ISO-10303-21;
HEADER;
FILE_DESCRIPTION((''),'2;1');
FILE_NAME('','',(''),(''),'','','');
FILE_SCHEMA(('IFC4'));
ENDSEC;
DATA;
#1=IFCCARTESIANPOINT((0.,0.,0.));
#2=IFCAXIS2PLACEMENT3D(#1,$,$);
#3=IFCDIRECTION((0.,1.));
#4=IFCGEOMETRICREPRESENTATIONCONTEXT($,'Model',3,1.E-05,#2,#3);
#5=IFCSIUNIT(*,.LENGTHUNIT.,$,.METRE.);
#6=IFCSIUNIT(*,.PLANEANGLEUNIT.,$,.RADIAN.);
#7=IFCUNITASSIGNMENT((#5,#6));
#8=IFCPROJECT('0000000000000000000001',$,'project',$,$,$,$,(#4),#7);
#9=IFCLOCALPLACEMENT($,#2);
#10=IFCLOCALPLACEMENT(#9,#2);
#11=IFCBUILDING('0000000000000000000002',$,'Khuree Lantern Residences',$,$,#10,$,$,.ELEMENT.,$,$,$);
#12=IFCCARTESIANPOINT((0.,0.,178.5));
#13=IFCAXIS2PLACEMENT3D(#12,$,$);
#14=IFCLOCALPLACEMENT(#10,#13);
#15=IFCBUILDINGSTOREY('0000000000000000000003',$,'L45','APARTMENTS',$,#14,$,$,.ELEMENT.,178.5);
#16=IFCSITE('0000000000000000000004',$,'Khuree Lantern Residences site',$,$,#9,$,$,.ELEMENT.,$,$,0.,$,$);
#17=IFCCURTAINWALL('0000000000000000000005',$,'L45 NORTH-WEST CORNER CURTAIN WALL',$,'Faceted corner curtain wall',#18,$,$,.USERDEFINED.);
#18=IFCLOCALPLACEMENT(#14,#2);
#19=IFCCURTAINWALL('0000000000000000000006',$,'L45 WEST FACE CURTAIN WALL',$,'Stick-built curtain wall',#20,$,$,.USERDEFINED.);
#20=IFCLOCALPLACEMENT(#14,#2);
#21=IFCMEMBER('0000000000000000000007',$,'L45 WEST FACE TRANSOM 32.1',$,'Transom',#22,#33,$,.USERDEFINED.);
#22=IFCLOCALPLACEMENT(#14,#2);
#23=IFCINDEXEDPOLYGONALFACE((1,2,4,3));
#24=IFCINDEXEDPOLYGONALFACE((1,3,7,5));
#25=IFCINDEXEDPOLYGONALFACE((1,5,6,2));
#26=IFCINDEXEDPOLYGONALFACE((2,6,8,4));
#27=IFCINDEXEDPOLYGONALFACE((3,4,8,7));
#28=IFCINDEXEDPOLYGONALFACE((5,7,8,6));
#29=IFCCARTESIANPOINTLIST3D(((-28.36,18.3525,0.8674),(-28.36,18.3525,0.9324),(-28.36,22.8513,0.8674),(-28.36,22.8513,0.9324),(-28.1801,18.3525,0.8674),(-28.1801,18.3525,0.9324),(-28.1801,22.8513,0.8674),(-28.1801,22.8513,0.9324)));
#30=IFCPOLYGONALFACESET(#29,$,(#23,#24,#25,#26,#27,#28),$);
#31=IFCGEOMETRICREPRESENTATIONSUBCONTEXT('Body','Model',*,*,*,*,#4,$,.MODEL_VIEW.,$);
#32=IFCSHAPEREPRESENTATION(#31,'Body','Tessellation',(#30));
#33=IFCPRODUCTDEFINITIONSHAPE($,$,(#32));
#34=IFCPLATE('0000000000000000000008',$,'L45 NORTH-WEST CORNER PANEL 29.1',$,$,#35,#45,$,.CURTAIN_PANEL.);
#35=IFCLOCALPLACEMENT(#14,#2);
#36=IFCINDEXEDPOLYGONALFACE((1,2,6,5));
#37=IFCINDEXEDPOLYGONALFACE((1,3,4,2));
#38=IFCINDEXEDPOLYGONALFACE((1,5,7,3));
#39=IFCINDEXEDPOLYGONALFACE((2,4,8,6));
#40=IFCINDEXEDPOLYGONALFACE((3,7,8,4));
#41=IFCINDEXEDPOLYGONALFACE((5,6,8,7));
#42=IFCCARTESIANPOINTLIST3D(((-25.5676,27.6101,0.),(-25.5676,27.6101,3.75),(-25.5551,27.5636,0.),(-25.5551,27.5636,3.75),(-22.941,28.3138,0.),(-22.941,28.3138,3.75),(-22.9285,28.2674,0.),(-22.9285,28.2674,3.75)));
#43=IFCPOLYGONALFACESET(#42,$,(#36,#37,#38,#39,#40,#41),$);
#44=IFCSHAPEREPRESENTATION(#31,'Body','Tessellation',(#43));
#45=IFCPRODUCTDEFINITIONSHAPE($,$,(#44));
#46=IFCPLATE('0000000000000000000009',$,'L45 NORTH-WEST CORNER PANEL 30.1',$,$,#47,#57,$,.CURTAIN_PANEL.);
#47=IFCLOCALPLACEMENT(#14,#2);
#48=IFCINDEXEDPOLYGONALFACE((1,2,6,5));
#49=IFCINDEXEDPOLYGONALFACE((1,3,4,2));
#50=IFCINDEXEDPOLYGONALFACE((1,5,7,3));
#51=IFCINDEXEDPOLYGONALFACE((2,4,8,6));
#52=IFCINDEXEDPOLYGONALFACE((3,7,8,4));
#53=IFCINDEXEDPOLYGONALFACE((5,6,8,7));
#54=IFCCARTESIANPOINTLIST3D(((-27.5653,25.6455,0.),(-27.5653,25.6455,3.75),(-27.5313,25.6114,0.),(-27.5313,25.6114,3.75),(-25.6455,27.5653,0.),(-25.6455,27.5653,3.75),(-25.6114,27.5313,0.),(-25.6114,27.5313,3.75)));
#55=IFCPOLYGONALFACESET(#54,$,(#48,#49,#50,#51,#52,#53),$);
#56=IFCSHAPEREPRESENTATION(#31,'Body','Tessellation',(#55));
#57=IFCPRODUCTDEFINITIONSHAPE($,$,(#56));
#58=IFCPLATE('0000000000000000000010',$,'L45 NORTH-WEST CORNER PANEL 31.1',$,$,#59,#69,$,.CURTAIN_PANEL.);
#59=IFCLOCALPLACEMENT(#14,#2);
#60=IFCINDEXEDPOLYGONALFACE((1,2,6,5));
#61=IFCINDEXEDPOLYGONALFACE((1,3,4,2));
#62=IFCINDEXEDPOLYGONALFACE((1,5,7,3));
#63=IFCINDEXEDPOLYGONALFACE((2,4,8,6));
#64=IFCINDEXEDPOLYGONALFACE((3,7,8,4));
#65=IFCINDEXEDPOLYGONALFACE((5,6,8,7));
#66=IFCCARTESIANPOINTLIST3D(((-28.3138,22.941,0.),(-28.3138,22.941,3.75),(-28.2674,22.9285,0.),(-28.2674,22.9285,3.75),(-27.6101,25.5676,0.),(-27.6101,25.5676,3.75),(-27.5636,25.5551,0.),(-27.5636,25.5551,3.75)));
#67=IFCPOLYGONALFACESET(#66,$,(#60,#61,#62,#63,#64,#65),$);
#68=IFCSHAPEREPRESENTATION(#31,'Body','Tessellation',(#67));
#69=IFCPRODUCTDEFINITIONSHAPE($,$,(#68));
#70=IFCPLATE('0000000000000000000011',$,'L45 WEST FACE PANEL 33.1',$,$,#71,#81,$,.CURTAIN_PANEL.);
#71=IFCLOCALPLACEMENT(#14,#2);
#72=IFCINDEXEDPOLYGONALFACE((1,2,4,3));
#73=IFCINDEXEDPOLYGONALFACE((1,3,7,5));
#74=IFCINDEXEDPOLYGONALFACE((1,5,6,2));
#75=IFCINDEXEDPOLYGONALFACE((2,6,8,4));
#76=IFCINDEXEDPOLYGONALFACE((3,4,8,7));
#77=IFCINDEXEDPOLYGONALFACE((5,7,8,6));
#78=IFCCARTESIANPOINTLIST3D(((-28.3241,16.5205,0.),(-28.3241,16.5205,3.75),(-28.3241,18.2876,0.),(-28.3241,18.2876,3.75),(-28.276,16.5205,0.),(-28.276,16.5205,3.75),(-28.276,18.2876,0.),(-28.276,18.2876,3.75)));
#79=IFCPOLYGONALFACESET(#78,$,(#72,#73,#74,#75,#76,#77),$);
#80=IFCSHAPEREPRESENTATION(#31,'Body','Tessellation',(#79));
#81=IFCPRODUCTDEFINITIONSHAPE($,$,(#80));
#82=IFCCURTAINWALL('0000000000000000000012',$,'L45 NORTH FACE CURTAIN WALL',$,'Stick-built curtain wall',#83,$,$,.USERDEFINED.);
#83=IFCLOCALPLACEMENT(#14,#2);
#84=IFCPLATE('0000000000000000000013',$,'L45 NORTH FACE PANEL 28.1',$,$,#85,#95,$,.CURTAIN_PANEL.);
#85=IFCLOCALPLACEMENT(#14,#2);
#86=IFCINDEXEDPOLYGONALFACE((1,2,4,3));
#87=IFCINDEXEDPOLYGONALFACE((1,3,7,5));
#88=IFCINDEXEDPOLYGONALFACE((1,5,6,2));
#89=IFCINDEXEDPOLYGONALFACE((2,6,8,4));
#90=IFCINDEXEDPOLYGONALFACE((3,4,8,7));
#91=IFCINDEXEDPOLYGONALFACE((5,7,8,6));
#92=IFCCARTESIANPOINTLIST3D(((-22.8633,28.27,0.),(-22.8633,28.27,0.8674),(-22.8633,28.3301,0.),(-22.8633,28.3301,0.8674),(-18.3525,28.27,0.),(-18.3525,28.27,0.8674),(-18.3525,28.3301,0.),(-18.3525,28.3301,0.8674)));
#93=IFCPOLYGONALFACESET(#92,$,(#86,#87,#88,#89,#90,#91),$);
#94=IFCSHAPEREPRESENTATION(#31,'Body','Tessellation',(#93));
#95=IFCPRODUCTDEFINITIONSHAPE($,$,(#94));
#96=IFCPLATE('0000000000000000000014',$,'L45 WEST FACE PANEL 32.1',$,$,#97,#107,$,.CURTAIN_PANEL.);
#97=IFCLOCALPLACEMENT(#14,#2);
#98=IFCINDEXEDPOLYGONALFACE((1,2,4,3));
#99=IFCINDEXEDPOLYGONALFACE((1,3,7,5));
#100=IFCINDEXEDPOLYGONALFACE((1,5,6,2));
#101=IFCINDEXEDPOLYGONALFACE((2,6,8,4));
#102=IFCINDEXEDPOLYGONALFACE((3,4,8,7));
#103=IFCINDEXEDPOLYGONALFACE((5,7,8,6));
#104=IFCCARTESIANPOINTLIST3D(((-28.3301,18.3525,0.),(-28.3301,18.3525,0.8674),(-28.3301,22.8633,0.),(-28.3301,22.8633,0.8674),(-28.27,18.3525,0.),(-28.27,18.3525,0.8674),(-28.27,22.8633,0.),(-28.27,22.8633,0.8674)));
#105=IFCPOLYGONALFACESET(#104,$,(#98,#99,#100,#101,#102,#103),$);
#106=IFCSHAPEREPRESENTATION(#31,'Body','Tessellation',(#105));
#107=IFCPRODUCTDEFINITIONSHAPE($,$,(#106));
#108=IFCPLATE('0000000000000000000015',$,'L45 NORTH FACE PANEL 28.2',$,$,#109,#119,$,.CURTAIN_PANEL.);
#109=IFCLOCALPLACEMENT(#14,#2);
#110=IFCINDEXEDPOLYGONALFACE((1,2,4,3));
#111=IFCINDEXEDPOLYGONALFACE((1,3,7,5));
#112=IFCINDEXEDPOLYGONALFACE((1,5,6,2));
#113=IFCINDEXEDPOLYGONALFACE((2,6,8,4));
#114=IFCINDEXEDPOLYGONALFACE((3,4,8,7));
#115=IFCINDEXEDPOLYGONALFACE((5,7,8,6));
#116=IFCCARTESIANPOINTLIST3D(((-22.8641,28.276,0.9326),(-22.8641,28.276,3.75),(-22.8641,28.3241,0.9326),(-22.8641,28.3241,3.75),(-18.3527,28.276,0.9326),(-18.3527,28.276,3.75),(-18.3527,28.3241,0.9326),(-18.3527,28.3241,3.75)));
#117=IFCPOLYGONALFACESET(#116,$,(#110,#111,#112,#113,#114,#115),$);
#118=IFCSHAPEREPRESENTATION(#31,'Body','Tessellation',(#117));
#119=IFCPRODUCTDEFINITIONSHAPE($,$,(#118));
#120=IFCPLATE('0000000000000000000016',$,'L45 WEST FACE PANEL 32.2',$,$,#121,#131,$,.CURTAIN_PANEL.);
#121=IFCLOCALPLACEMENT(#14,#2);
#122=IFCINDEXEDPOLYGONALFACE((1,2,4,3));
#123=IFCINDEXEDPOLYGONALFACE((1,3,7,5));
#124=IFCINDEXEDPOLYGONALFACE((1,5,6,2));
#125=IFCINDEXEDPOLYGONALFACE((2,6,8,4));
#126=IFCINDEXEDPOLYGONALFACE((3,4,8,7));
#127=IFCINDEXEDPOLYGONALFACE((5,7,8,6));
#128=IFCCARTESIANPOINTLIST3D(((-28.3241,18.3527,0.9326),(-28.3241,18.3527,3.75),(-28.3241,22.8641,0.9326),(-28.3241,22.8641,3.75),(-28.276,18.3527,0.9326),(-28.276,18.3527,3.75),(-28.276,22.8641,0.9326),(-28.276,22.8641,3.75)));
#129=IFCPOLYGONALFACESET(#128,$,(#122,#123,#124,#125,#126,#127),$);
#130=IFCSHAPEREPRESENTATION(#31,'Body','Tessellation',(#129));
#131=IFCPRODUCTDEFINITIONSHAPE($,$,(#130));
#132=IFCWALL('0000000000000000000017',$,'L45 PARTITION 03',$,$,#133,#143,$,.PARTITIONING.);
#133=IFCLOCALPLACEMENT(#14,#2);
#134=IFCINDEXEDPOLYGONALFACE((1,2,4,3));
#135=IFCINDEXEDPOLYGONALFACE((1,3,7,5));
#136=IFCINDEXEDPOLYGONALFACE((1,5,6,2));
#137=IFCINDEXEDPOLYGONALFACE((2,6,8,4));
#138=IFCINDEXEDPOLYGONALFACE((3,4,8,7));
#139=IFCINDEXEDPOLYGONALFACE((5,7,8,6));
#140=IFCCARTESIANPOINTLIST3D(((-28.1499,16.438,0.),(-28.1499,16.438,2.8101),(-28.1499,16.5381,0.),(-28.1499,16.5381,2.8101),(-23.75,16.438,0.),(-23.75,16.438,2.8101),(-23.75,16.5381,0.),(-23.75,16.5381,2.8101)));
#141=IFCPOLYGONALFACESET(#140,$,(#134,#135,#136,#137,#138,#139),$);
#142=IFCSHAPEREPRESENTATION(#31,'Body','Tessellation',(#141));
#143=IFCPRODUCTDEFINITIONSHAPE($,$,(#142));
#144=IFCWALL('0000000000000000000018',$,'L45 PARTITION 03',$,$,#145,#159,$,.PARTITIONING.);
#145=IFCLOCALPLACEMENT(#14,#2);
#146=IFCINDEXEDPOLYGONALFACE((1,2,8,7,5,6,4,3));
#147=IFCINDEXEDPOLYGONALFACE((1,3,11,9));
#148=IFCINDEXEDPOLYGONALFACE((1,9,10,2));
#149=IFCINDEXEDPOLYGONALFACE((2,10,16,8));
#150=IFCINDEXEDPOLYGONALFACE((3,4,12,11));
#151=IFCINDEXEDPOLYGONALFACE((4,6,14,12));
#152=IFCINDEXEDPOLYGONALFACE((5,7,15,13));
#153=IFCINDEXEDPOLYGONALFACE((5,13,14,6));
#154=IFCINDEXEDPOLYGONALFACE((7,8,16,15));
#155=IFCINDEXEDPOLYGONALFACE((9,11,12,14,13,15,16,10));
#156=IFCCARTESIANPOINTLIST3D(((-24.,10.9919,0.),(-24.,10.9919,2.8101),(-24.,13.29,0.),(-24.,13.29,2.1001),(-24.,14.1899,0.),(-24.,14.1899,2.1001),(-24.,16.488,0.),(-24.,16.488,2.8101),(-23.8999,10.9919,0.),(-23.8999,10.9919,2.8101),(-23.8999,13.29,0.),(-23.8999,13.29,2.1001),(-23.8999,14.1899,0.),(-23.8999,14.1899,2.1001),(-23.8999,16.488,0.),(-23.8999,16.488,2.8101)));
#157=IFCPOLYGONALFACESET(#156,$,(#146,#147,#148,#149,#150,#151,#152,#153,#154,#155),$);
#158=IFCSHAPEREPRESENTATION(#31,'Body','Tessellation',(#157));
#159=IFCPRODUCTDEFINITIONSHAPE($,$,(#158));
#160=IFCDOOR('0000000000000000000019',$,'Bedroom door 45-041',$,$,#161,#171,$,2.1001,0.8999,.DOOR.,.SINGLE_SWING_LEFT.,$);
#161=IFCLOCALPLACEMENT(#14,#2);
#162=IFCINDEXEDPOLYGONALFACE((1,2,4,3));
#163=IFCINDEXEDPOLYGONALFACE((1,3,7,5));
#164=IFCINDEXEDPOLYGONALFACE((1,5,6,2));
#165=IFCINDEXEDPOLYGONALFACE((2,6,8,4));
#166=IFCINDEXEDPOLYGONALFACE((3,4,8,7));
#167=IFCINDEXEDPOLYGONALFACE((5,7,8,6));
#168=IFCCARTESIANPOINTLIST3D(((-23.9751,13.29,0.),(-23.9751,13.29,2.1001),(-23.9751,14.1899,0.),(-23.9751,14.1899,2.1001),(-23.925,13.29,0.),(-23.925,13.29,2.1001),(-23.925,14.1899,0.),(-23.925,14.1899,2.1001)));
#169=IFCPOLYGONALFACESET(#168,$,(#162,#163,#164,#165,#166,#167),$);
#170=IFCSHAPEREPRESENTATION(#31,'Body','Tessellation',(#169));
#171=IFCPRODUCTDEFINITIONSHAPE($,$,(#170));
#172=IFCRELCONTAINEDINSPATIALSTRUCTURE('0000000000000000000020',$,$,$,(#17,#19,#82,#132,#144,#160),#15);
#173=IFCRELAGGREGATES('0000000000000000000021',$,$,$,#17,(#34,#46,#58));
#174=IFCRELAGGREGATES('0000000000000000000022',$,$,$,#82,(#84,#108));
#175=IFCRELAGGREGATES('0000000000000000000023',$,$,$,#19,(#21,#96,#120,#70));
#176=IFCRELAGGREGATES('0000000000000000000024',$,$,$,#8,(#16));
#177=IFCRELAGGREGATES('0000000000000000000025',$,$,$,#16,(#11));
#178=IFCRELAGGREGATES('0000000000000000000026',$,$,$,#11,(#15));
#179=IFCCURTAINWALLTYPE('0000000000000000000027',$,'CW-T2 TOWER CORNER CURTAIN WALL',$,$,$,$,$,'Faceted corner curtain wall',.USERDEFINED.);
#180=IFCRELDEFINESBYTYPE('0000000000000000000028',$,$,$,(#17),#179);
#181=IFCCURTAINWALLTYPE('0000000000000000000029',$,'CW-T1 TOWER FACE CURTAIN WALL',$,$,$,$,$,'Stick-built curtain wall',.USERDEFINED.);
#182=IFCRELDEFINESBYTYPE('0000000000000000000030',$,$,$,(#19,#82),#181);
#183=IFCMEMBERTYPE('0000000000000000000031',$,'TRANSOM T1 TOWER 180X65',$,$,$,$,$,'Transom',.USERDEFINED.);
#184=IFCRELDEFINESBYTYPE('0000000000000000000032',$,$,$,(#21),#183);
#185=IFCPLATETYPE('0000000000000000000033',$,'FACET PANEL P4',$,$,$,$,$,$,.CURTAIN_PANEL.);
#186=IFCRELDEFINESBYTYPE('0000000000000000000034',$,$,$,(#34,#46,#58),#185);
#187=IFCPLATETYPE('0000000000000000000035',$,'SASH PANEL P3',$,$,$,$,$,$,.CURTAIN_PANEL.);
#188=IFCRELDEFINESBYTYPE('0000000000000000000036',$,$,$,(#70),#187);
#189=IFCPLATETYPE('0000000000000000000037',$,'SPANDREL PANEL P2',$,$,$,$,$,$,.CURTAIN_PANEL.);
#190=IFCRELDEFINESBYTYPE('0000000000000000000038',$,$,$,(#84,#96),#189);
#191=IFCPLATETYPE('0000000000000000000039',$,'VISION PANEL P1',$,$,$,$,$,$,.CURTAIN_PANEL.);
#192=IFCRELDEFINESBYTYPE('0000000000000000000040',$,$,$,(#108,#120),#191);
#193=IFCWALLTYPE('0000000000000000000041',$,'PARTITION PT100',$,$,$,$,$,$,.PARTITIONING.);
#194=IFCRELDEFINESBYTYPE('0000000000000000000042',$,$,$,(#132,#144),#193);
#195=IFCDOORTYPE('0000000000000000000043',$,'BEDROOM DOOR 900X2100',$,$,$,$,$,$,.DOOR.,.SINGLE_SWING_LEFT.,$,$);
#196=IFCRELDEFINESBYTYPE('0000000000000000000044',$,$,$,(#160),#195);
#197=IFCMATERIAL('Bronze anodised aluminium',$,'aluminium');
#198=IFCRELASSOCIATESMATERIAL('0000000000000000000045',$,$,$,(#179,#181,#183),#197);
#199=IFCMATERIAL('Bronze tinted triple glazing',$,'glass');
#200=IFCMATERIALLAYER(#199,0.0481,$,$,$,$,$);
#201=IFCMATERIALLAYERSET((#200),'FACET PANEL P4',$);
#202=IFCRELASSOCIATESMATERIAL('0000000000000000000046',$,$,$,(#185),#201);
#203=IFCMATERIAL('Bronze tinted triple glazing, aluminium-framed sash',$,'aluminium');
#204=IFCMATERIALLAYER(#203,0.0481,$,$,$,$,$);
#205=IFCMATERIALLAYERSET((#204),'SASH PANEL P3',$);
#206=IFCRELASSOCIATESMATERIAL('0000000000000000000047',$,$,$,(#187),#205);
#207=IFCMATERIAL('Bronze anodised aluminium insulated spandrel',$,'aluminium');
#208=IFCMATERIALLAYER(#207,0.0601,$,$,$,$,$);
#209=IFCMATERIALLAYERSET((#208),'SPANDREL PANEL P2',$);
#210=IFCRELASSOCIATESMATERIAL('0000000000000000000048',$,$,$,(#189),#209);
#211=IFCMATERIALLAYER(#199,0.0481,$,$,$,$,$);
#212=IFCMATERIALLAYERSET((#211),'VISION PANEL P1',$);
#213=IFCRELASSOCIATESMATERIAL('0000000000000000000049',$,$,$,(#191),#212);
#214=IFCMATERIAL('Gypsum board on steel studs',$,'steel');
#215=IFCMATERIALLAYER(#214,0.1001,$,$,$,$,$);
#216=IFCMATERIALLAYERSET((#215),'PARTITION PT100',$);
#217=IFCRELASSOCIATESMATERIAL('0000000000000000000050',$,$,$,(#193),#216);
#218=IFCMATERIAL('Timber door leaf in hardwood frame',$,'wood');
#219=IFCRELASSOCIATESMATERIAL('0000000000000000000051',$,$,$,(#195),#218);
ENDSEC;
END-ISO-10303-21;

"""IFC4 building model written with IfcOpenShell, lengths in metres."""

from ifc_helpers import new_model, si_unit, direction, frame, frame_2d, origin, origin_2d, place, context, subcontext, project, spatial, rectangle, extrude, material, layer, layer_set, material_profile, profile_set, type_object, element, fill, aggregate, save


model = new_model("IFC4")

# Units and contexts
model_context = context("Model", 3, precision=1e-05, world=origin(), true_north=direction((0.0, 1.0)))
body_context = subcontext(model_context, "Body", "Model", "MODEL_VIEW")
ifc_project = project(units=[si_unit("LENGTHUNIT", "METRE"), si_unit("PLANEANGLEUNIT", "RADIAN")], contexts=[model_context])

# Site, building, storey
site_placement = place(None, origin())
site = spatial("IfcSite", under=ifc_project, at=site_placement, Name="Khuree Lantern Residences site", CompositionType="ELEMENT", RefElevation=0.0)
building_placement = place(site_placement, origin())
building = spatial("IfcBuilding", under=site, at=building_placement, Name="Khuree Lantern Residences", CompositionType="ELEMENT")
storey_placement = place(building_placement, frame((0.0, 0.0, 178.5)))
storey = spatial("IfcBuildingStorey", under=building, at=storey_placement, Name="L45", Description="APARTMENTS", CompositionType="ELEMENT", Elevation=178.5)

# Curtain wall
ifc_material_1 = material(Name="Bronze anodised aluminium", Category="aluminium")
curtain_wall_type_1 = type_object("IfcCurtainWallType", Name="CW-T2 TOWER CORNER CURTAIN WALL", ElementType="Faceted corner curtain wall", PredefinedType="USERDEFINED", material=ifc_material_1)
curtain_wall_1_placement = place(storey_placement, origin())
curtain_wall_1 = element("IfcCurtainWall", 1, at=curtain_wall_1_placement, inside=storey, type_object=curtain_wall_type_1, Name="L45 NORTH-WEST CORNER CURTAIN WALL", ObjectType="Faceted corner curtain wall", PredefinedType="USERDEFINED")

# Curtain wall, member
curtain_wall_type_2 = type_object("IfcCurtainWallType", Name="CW-T1 TOWER FACE CURTAIN WALL", ElementType="Stick-built curtain wall", PredefinedType="USERDEFINED", material=ifc_material_1)
curtain_wall_2_placement = place(storey_placement, origin())
curtain_wall_2 = element("IfcCurtainWall", 2, at=curtain_wall_2_placement, inside=storey, type_object=curtain_wall_type_2, Name="L45 WEST FACE CURTAIN WALL", ObjectType="Stick-built curtain wall", PredefinedType="USERDEFINED")
ifc_material_profile_1 = material_profile(ifc_material_1, rectangle(XDim=0.1799, YDim=0.0649, at=origin_2d()), Name="T1 180X65")
ifc_profile_set_1 = profile_set([ifc_material_profile_1], Name="Bronze anodised aluminium")
member_type_1 = type_object("IfcMemberType", Name="TRANSOM T1 TOWER 180X65", ElementType="Transom", PredefinedType="USERDEFINED", material=ifc_profile_set_1)
member_1_placement = place(storey_placement, frame((-28.27, 22.8513, 0.8999), z_axis=(0.0, -1.0, 0.0), x_axis=(1.0, 0.0, 0.0)))
member_1 = element("IfcMember", 3, at=member_1_placement, type_object=member_type_1, Name="L45 WEST FACE TRANSOM 32.1", ObjectType="Transom", PredefinedType="USERDEFINED", context=body_context, shape_type="SweptSolid", body=[
    extrude(rectangle(XDim=0.1799, YDim=0.0649, at=origin_2d()), origin(), (0.0, 0.0, 1.0), 4.4988),
])

# Plates
ifc_material_2 = material(Name="Bronze tinted triple glazing", Category="glass")
ifc_layer_1 = layer(ifc_material_2, 0.0481)
ifc_layer_set_1 = layer_set([ifc_layer_1], Name="FACET PANEL P4")
plate_type_1 = type_object("IfcPlateType", Name="FACET PANEL P4", PredefinedType="CURTAIN_PANEL", material=ifc_layer_set_1)
plate_1_placement = place(storey_placement, frame((-24.248, 27.9387, 0.0), z_axis=(0.0, 0.0, 1.0), x_axis=(-0.965926, -0.258819, 0.0)))
plate_1 = element("IfcPlate", 4, at=plate_1_placement, type_object=plate_type_1, Name="L45 NORTH-WEST CORNER PANEL 29.1", PredefinedType="CURTAIN_PANEL", context=body_context, shape_type="SweptSolid", body=[
    extrude(rectangle(XDim=2.7192, YDim=0.0481, at=origin_2d()), origin(), (0.0, 0.0, 1.0), 3.75),
])
plate_2_placement = place(storey_placement, frame((-26.5884, 26.5884, 0.0), z_axis=(0.0, 0.0, 1.0), x_axis=(-0.707107, -0.707107, 0.0)))
plate_2 = element("IfcPlate", 5, at=plate_2_placement, type_object=plate_type_1, Name="L45 NORTH-WEST CORNER PANEL 30.1", PredefinedType="CURTAIN_PANEL", context=body_context, shape_type="SweptSolid", body=[
    extrude(rectangle(XDim=2.7151, YDim=0.0481, at=origin_2d()), origin(), (0.0, 0.0, 1.0), 3.75),
])
plate_3_placement = place(storey_placement, frame((-27.9387, 24.248, 0.0), z_axis=(0.0, 0.0, 1.0), x_axis=(-0.258819, -0.965926, 0.0)))
plate_3 = element("IfcPlate", 6, at=plate_3_placement, type_object=plate_type_1, Name="L45 NORTH-WEST CORNER PANEL 31.1", PredefinedType="CURTAIN_PANEL", context=body_context, shape_type="SweptSolid", body=[
    extrude(rectangle(XDim=2.7192, YDim=0.0481, at=origin_2d()), origin(), (0.0, 0.0, 1.0), 3.75),
])
aggregate(curtain_wall_1, [plate_1, plate_2, plate_3])
ifc_material_3 = material(Name="Bronze tinted triple glazing, aluminium-framed sash", Category="aluminium")
ifc_layer_2 = layer(ifc_material_3, 0.0481)
ifc_layer_set_2 = layer_set([ifc_layer_2], Name="SASH PANEL P3")
plate_type_2 = type_object("IfcPlateType", Name="SASH PANEL P3", PredefinedType="CURTAIN_PANEL", material=ifc_layer_set_2)
plate_4_placement = place(storey_placement, frame((-28.3, 17.4041, 0.0), z_axis=(0.0, 0.0, 1.0), x_axis=(0.0, -1.0, 0.0)))
plate_4 = element("IfcPlate", 7, at=plate_4_placement, type_object=plate_type_2, Name="L45 WEST FACE PANEL 33.1", PredefinedType="CURTAIN_PANEL", context=body_context, shape_type="SweptSolid", body=[
    extrude(rectangle(XDim=1.7671, YDim=0.0481, at=origin_2d()), origin(), (0.0, 0.0, 1.0), 3.75),
])

# Curtain wall, plate
curtain_wall_3_placement = place(storey_placement, origin())
curtain_wall_3 = element("IfcCurtainWall", 8, at=curtain_wall_3_placement, inside=storey, type_object=curtain_wall_type_2, Name="L45 NORTH FACE CURTAIN WALL", ObjectType="Stick-built curtain wall", PredefinedType="USERDEFINED")
ifc_material_4 = material(Name="Bronze anodised aluminium insulated spandrel", Category="aluminium")
ifc_layer_3 = layer(ifc_material_4, 0.0601)
ifc_layer_set_3 = layer_set([ifc_layer_3], Name="SPANDREL PANEL P2")
plate_type_3 = type_object("IfcPlateType", Name="SPANDREL PANEL P2", PredefinedType="CURTAIN_PANEL", material=ifc_layer_set_3)
plate_5_placement = place(storey_placement, frame((-20.6079, 28.3, 0.0), z_axis=(0.0, 0.0, 1.0), x_axis=(-1.0, 0.0, 0.0)))
plate_5 = element("IfcPlate", 9, at=plate_5_placement, type_object=plate_type_3, Name="L45 NORTH FACE PANEL 28.1", PredefinedType="CURTAIN_PANEL", context=body_context, shape_type="SweptSolid", body=[
    extrude(rectangle(XDim=4.5107, YDim=0.0601, at=origin_2d()), origin(), (0.0, 0.0, 1.0), 0.8674),
])

# Plates
plate_6_placement = place(storey_placement, frame((-28.3, 20.6079, 0.0), z_axis=(0.0, 0.0, 1.0), x_axis=(0.0, -1.0, 0.0)))
plate_6 = element("IfcPlate", 10, at=plate_6_placement, type_object=plate_type_3, Name="L45 WEST FACE PANEL 32.1", PredefinedType="CURTAIN_PANEL", context=body_context, shape_type="SweptSolid", body=[
    extrude(rectangle(XDim=4.5107, YDim=0.0601, at=origin_2d()), origin(), (0.0, 0.0, 1.0), 0.8674),
])
ifc_layer_4 = layer(ifc_material_2, 0.0481)
ifc_layer_set_4 = layer_set([ifc_layer_4], Name="VISION PANEL P1")
plate_type_4 = type_object("IfcPlateType", Name="VISION PANEL P1", PredefinedType="CURTAIN_PANEL", material=ifc_layer_set_4)
plate_7_placement = place(storey_placement, frame((-20.6084, 28.3, 0.9326), z_axis=(0.0, 0.0, 1.0), x_axis=(-1.0, 0.0, 0.0)))
plate_7 = element("IfcPlate", 11, at=plate_7_placement, type_object=plate_type_4, Name="L45 NORTH FACE PANEL 28.2", PredefinedType="CURTAIN_PANEL", context=body_context, shape_type="SweptSolid", body=[
    extrude(rectangle(XDim=4.5115, YDim=0.0481, at=origin_2d()), origin(), (0.0, 0.0, 1.0), 2.8174),
])
aggregate(curtain_wall_3, [plate_5, plate_7])
plate_8_placement = place(storey_placement, frame((-28.3, 20.6084, 0.9326), z_axis=(0.0, 0.0, 1.0), x_axis=(0.0, -1.0, 0.0)))
plate_8 = element("IfcPlate", 12, at=plate_8_placement, type_object=plate_type_4, Name="L45 WEST FACE PANEL 32.2", PredefinedType="CURTAIN_PANEL", context=body_context, shape_type="SweptSolid", body=[
    extrude(rectangle(XDim=4.5115, YDim=0.0481, at=origin_2d()), origin(), (0.0, 0.0, 1.0), 2.8174),
])
aggregate(curtain_wall_2, [member_1, plate_6, plate_8, plate_4])

# Wall
ifc_material_5 = material(Name="Gypsum board on steel studs", Category="steel")
ifc_layer_5 = layer(ifc_material_5, 0.1001)
ifc_layer_set_5 = layer_set([ifc_layer_5], Name="PARTITION PT100")
wall_type = type_object("IfcWallType", Name="PARTITION PT100", PredefinedType="PARTITIONING", material=ifc_layer_set_5)
wall_1_placement = place(storey_placement, frame((-23.75, 16.488, 0.0), z_axis=(0.0, 0.0, 1.0), x_axis=(-1.0, 0.0, 0.0)))
element("IfcWall", 13, at=wall_1_placement, inside=storey, type_object=wall_type, Name="L45 PARTITION 03", PredefinedType="PARTITIONING", context=body_context, shape_type="SweptSolid", body=[
    extrude(rectangle(XDim=4.3999, YDim=0.1001, at=frame_2d((2.2, 0.0))), origin(), (0.0, 0.0, 1.0), 2.8101),
])

# Wall, opening, door
wall_2_placement = place(storey_placement, frame((-23.95, 16.488, 0.0), z_axis=(0.0, 0.0, 1.0), x_axis=(0.0, -1.0, 0.0)))
wall_2 = element("IfcWall", 14, at=wall_2_placement, inside=storey, type_object=wall_type, Name="L45 PARTITION 03", PredefinedType="PARTITIONING", context=body_context, shape_type="SweptSolid", body=[
    extrude(rectangle(XDim=5.4961, YDim=0.1001, at=frame_2d((2.748, 0.0))), origin(), (0.0, 0.0, 1.0), 2.8101),
])
opening_placement = place(wall_2_placement, frame((2.2981, 0.0, 0.0)))
opening = element("IfcOpeningElement", 15, at=opening_placement, cuts=wall_2, PredefinedType="OPENING", context=body_context, shape_type="SweptSolid", body=[
    extrude(rectangle(XDim=0.8999, YDim=2.1001, at=frame_2d((0.45, 1.05))), frame((0.0, 0.0601, 0.0), z_axis=(0.0, -1.0, 0.0), x_axis=(1.0, 0.0, 0.0)), (0.0, 0.0, 1.0), 0.1201),
])
ifc_material_6 = material(Name="Timber door leaf in hardwood frame", Category="wood")
door_type = type_object("IfcDoorType", Name="BEDROOM DOOR 900X2100", OperationType="SINGLE_SWING_LEFT", PredefinedType="DOOR", material=ifc_material_6)
door_placement = place(opening_placement, origin())
door = element("IfcDoor", 16, at=door_placement, inside=storey, type_object=door_type, Name="Bedroom door 45-041", OperationType="SINGLE_SWING_LEFT", OverallHeight=2.1001, OverallWidth=0.8999, PredefinedType="DOOR", context=body_context, shape_type="SweptSolid", body=[
    extrude(rectangle(XDim=0.8999, YDim=2.1001, at=frame_2d((0.45, 1.05))), frame((0.0, 0.0249, 0.0), z_axis=(0.0, -1.0, 0.0), x_axis=(1.0, 0.0, 0.0)), (0.0, 0.0, 1.0), 0.05),
])
fill(opening, door)

save(model, "model.ifc")
